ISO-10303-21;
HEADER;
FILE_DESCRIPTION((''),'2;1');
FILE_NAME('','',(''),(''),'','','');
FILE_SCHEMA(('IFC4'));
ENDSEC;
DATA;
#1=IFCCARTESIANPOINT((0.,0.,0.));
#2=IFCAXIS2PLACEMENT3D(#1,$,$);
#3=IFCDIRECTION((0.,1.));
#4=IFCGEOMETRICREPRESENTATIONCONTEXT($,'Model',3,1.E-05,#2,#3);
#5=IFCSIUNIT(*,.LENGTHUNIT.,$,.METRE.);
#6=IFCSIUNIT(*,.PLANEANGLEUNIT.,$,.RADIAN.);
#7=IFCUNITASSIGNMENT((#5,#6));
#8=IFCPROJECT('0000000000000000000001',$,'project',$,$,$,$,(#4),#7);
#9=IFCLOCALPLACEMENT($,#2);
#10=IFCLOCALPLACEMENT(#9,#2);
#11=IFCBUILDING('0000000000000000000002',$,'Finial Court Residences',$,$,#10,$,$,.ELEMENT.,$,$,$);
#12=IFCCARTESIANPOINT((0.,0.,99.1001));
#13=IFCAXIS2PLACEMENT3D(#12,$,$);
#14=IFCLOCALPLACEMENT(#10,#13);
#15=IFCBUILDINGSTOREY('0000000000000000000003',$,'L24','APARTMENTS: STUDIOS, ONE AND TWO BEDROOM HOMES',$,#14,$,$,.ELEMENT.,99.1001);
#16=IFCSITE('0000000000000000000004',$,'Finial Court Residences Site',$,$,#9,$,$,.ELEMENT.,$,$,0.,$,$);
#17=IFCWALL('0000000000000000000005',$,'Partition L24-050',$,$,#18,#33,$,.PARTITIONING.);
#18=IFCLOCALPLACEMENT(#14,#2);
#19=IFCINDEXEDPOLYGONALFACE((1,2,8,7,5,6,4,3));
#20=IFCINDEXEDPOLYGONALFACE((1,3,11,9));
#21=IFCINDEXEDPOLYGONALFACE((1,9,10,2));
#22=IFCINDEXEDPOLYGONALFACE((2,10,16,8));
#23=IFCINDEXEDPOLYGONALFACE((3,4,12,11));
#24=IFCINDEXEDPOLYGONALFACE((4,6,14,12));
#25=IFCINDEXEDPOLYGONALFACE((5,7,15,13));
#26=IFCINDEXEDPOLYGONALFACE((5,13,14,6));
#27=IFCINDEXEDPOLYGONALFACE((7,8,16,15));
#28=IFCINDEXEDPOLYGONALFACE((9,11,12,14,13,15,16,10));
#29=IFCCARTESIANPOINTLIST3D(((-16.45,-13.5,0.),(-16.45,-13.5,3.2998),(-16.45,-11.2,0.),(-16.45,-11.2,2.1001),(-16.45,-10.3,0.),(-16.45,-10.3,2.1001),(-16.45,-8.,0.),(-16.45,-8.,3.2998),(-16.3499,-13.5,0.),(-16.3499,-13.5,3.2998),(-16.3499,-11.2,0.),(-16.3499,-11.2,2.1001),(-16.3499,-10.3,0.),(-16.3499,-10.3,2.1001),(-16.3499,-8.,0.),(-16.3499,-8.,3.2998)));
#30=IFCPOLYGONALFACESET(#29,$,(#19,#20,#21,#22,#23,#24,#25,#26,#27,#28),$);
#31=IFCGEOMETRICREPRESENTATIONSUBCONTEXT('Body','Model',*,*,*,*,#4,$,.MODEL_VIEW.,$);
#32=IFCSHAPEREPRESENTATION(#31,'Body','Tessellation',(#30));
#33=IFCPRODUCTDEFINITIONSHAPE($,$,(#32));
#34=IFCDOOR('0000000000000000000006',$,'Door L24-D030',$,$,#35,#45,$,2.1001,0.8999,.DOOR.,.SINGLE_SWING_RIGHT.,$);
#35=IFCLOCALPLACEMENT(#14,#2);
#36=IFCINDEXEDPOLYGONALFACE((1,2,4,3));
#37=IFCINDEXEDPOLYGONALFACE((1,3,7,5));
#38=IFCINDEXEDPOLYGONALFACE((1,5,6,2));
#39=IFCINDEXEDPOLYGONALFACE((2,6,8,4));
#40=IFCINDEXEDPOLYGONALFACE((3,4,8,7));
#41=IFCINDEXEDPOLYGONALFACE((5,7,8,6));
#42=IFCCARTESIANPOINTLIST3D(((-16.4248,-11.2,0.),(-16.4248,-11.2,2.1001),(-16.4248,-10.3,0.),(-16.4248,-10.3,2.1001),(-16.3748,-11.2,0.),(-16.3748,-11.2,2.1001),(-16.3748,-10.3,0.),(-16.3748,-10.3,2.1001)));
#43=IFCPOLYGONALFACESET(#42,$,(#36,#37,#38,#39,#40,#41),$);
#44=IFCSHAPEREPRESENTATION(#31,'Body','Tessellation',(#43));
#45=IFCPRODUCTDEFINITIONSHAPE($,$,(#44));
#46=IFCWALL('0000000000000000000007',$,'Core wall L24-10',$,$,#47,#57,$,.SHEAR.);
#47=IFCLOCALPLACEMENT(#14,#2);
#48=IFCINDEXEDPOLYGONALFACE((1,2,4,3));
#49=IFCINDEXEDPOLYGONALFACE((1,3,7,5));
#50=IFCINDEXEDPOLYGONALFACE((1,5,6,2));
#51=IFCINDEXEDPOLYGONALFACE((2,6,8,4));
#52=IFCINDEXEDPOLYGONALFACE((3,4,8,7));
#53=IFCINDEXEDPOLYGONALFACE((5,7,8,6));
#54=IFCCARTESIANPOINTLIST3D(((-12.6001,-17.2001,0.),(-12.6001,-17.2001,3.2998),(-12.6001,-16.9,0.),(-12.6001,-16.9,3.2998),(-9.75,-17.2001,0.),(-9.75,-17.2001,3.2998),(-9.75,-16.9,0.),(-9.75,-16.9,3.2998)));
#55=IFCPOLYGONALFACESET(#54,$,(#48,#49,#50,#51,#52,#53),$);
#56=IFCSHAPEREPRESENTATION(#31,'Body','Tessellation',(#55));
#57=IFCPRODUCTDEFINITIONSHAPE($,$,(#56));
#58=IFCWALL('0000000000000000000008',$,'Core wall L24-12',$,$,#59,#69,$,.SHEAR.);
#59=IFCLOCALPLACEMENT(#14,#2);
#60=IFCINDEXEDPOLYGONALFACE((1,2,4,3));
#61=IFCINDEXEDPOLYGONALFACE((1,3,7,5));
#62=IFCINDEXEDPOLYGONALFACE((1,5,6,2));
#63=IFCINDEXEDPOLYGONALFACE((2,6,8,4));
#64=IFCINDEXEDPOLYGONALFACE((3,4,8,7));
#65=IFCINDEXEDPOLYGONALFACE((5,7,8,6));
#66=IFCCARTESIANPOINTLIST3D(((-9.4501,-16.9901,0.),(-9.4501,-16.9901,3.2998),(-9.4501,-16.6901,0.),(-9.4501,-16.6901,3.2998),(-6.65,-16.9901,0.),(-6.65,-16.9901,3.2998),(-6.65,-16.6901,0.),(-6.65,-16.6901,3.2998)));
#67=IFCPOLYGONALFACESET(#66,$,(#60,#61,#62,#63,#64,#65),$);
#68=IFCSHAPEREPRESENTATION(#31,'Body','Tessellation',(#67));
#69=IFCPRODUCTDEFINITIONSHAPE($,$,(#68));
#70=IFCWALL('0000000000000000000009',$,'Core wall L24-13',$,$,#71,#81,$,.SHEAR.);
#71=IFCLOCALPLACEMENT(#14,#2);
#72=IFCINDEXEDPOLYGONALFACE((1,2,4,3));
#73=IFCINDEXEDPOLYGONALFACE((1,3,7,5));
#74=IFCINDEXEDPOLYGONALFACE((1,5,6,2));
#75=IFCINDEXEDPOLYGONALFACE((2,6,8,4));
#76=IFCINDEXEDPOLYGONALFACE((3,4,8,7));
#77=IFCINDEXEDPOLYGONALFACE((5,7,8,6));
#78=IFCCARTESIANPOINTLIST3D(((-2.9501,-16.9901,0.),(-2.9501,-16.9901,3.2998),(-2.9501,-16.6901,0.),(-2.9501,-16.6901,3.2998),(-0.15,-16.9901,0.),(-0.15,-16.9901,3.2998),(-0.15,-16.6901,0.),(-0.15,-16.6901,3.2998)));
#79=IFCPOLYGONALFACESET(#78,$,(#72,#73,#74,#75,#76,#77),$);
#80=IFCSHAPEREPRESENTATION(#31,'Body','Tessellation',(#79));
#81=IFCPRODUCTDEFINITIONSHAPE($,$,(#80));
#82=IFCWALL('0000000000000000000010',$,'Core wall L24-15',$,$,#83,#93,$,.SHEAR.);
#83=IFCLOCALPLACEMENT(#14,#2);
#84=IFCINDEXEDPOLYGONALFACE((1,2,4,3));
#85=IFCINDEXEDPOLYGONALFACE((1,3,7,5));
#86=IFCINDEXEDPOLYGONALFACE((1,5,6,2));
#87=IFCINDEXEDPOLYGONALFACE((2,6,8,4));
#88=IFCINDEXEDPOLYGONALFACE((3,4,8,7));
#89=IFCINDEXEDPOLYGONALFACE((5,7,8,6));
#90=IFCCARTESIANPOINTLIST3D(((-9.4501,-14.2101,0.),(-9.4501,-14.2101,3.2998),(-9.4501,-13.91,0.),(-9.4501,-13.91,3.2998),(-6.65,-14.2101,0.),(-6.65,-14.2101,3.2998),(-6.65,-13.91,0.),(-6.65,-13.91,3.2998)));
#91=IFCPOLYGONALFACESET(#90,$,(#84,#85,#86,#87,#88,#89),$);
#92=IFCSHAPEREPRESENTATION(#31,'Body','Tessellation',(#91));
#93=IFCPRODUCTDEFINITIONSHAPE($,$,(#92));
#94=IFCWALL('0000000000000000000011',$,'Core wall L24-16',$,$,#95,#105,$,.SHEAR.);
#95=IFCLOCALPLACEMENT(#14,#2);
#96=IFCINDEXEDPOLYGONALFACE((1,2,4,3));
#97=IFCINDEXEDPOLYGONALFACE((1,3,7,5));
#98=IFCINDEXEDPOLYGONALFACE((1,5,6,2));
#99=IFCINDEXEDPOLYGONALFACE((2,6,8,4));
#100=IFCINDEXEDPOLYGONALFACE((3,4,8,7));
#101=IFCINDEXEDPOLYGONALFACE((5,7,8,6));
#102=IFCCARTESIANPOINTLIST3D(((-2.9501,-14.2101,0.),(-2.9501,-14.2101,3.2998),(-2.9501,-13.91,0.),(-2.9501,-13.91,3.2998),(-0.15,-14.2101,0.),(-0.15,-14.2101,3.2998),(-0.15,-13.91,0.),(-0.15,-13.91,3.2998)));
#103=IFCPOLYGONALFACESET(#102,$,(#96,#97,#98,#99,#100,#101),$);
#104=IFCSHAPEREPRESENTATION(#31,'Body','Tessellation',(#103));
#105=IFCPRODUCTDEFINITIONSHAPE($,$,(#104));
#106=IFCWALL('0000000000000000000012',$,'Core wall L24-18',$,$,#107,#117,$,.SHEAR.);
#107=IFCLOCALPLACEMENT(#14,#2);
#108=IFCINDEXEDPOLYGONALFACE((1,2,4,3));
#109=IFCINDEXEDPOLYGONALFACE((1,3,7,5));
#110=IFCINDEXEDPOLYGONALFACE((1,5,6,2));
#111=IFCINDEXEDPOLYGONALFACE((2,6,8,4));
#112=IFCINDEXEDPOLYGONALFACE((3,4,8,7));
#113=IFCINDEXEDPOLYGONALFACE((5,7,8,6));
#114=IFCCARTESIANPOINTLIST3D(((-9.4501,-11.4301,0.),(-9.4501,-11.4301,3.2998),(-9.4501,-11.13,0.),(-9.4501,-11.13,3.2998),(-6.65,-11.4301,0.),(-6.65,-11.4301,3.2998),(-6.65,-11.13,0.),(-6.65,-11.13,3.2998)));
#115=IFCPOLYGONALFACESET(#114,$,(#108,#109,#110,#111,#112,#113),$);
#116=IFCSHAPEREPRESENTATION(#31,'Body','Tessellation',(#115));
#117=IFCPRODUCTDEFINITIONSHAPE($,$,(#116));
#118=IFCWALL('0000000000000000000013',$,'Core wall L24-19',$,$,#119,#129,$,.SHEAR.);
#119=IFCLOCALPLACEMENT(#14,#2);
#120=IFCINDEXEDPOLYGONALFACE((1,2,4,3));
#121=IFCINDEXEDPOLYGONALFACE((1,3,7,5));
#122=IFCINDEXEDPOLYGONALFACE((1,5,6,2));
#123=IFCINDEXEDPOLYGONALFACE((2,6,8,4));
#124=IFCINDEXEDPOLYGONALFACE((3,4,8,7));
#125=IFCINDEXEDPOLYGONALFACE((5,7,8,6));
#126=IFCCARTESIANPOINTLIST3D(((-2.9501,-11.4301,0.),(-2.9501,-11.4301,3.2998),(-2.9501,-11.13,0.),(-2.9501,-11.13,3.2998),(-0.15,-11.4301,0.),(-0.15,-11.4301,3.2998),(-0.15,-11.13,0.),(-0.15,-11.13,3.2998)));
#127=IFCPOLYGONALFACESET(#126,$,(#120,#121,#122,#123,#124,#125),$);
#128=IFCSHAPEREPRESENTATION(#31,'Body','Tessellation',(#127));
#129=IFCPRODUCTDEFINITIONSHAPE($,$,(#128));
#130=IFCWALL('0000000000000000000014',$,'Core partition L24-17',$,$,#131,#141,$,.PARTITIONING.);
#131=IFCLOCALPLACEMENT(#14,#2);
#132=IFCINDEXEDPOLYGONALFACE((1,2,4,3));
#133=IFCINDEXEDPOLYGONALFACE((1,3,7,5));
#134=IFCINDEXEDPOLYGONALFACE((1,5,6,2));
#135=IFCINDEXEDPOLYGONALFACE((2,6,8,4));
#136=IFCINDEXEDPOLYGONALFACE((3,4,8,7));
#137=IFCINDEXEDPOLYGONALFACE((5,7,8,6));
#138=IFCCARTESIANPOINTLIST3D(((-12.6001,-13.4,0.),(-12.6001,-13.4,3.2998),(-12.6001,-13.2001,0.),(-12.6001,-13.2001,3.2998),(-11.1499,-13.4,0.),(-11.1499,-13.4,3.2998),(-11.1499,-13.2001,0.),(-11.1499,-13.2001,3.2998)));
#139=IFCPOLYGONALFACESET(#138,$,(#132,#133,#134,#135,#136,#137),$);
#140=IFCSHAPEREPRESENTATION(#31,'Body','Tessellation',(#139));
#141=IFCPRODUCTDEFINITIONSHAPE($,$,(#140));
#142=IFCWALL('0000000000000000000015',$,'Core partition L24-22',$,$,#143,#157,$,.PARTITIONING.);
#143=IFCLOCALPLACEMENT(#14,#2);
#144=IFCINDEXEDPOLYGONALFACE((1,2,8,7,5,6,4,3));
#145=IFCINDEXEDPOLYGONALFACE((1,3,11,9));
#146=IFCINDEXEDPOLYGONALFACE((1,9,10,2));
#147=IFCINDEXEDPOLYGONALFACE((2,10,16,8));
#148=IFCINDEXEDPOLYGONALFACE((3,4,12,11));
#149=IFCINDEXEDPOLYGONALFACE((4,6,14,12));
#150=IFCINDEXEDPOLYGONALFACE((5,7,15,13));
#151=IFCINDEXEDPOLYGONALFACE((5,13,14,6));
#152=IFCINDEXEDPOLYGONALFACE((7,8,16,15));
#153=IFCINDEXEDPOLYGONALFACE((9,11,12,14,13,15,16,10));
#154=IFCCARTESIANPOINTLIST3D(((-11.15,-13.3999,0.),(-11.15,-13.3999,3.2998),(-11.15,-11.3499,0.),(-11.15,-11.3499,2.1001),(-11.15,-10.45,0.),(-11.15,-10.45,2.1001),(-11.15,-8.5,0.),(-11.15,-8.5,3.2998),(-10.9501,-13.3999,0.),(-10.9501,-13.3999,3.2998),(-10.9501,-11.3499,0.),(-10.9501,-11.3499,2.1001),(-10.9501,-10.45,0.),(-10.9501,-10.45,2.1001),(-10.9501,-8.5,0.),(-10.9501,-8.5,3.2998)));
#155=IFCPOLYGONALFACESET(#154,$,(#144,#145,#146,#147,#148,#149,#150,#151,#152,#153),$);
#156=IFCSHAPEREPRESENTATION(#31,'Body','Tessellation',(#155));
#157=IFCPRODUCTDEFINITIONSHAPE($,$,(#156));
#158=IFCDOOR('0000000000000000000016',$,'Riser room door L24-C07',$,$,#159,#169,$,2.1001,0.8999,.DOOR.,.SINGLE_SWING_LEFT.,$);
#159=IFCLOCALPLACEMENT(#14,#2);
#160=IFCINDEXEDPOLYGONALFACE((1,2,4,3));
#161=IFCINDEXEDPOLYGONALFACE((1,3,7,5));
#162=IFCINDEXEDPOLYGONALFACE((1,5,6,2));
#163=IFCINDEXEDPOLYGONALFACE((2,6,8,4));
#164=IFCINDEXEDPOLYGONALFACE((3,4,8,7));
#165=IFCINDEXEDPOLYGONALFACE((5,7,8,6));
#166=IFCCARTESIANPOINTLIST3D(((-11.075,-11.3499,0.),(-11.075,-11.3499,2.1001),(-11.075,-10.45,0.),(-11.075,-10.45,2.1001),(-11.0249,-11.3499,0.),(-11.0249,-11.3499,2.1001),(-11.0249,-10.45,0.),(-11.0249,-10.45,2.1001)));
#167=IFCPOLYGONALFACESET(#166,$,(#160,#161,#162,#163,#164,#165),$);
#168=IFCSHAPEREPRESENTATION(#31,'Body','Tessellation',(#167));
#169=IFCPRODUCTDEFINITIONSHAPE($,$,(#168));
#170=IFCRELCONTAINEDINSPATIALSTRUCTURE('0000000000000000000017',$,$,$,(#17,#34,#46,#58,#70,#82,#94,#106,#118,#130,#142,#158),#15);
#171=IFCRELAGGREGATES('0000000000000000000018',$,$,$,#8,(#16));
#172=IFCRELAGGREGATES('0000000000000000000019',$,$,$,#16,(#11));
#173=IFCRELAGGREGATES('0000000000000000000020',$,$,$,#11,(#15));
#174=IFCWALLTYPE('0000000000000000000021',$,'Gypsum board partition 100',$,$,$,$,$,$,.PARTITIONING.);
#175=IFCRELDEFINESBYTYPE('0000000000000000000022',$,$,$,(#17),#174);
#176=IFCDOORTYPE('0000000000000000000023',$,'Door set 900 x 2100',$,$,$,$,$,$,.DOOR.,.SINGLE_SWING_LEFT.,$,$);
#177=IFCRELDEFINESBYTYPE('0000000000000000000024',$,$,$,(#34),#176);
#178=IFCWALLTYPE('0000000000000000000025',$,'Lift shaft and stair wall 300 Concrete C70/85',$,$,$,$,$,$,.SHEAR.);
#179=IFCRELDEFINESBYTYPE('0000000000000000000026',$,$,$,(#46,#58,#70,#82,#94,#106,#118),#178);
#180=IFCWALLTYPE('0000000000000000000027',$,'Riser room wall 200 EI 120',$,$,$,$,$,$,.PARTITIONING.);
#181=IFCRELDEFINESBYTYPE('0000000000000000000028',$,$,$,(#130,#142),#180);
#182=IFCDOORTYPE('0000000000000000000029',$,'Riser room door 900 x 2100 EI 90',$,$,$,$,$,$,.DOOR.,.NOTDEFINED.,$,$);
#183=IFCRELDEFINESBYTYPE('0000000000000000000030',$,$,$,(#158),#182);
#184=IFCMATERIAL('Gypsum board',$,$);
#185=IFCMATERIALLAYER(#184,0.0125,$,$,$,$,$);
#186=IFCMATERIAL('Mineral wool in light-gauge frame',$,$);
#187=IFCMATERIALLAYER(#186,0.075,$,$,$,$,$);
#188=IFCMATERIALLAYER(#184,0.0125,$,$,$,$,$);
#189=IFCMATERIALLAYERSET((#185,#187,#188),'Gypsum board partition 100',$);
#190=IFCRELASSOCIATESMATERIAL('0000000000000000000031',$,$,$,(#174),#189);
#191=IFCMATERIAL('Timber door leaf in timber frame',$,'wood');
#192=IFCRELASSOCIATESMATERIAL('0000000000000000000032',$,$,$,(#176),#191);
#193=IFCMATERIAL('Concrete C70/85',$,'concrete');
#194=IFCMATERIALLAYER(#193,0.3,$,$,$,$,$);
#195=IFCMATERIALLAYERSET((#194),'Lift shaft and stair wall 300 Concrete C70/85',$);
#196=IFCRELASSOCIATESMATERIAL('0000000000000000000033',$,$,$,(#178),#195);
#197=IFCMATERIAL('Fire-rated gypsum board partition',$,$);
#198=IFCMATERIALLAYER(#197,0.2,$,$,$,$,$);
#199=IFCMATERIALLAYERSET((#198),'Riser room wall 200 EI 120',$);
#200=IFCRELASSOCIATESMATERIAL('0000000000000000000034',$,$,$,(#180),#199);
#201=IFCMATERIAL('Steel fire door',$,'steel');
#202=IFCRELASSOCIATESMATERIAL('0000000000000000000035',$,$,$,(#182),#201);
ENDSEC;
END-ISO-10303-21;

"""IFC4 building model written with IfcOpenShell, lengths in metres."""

from ifc_helpers import new_model, si_unit, direction, frame, frame_2d, origin, place, context, subcontext, project, spatial, rectangle, extrude, material, layer, layer_set, type_object, element, fill, save


model = new_model("IFC4")

# Units and contexts
model_context = context("Model", 3, precision=1e-05, world=origin(), true_north=direction((0.0, 1.0)))
body_context = subcontext(model_context, "Body", "Model", "MODEL_VIEW")
ifc_project = project(units=[si_unit("LENGTHUNIT", "METRE"), si_unit("PLANEANGLEUNIT", "RADIAN")], contexts=[model_context])

# Site, building, storey
site_placement = place(None, origin())
site = spatial("IfcSite", under=ifc_project, at=site_placement, Name="Finial Court Residences Site", CompositionType="ELEMENT", RefElevation=0.0)
building_placement = place(site_placement, origin())
building = spatial("IfcBuilding", under=site, at=building_placement, Name="Finial Court Residences", CompositionType="ELEMENT")
storey_placement = place(building_placement, frame((0.0, 0.0, 99.1001)))
storey = spatial("IfcBuildingStorey", under=building, at=storey_placement, Name="L24", Description="APARTMENTS: STUDIOS, ONE AND TWO BEDROOM HOMES", CompositionType="ELEMENT", Elevation=99.1001)

# Wall, opening, door
ifc_material_1 = material(Name="Gypsum board")
ifc_layer_1 = layer(ifc_material_1, 0.0125)
ifc_material_2 = material(Name="Mineral wool in light-gauge frame")
ifc_layer_2 = layer(ifc_material_2, 0.075)
ifc_layer_3 = layer(ifc_material_1, 0.0125)
ifc_layer_set_1 = layer_set([ifc_layer_1, ifc_layer_2, ifc_layer_3], Name="Gypsum board partition 100")
wall_type_1 = type_object("IfcWallType", Name="Gypsum board partition 100", PredefinedType="PARTITIONING", material=ifc_layer_set_1)
wall_1_placement = place(storey_placement, frame((-16.3999, -13.5, 0.0), z_axis=(0.0, 0.0, 1.0), x_axis=(0.0, 1.0, 0.0)))
wall_1 = element("IfcWall", 1, at=wall_1_placement, inside=storey, type_object=wall_type_1, Name="Partition L24-050", PredefinedType="PARTITIONING", context=body_context, shape_type="SweptSolid", body=[
    extrude(rectangle(XDim=5.5, YDim=0.1001, at=frame_2d((2.75, 0.0))), origin(), (0.0, 0.0, 1.0), 3.2998),
])
opening_1_placement = place(wall_1_placement, frame((2.3, 0.0, 0.0)))
opening_1 = element("IfcOpeningElement", 2, at=opening_1_placement, cuts=wall_1, PredefinedType="OPENING", context=body_context, shape_type="SweptSolid", body=[
    extrude(rectangle(XDim=0.8999, YDim=2.1001, at=frame_2d((0.45, 1.05))), frame((0.0, 0.0601, 0.0), z_axis=(0.0, -1.0, 0.0), x_axis=(1.0, 0.0, 0.0)), (0.0, 0.0, 1.0), 0.1201),
])
ifc_material_3 = material(Name="Timber door leaf in timber frame", Category="wood")
door_type_1 = type_object("IfcDoorType", Name="Door set 900 x 2100", OperationType="SINGLE_SWING_LEFT", PredefinedType="DOOR", material=ifc_material_3)
door_1_placement = place(opening_1_placement, origin())
door_1 = element("IfcDoor", 3, at=door_1_placement, inside=storey, type_object=door_type_1, Name="Door L24-D030", OperationType="SINGLE_SWING_RIGHT", OverallHeight=2.1001, OverallWidth=0.8999, PredefinedType="DOOR", context=body_context, shape_type="SweptSolid", body=[
    extrude(rectangle(XDim=0.8999, YDim=2.1001, at=frame_2d((0.45, 1.05))), frame((0.0, 0.0249, 0.0), z_axis=(0.0, -1.0, 0.0), x_axis=(1.0, 0.0, 0.0)), (0.0, 0.0, 1.0), 0.05),
])
fill(opening_1, door_1)

# Walls
ifc_material_4 = material(Name="Concrete C70/85", Category="concrete")
ifc_layer_4 = layer(ifc_material_4, 0.3)
ifc_layer_set_2 = layer_set([ifc_layer_4], Name="Lift shaft and stair wall 300 Concrete C70/85")
wall_type_2 = type_object("IfcWallType", Name="Lift shaft and stair wall 300 Concrete C70/85", PredefinedType="SHEAR", material=ifc_layer_set_2)
wall_2_placement = place(storey_placement, frame((-12.6001, -17.05, 0.0), z_axis=(0.0, 0.0, 1.0), x_axis=(1.0, 0.0, 0.0)))
element("IfcWall", 4, at=wall_2_placement, inside=storey, type_object=wall_type_2, Name="Core wall L24-10", PredefinedType="SHEAR", context=body_context, shape_type="SweptSolid", body=[
    extrude(rectangle(XDim=2.8501, YDim=0.3, at=frame_2d((1.425, 0.0))), origin(), (0.0, 0.0, 1.0), 3.2998),
])
for number, where, z_axis, x_axis, name in (
    (5, (-9.45, -16.8401, 0.0), (0.0, 0.0, 1.0), (1.0, 0.0, 0.0), "Core wall L24-12"),
    (6, (-2.95, -16.8401, 0.0), (0.0, 0.0, 1.0), (1.0, 0.0, 0.0), "Core wall L24-13"),
    (7, (-9.45, -14.0601, 0.0), (0.0, 0.0, 1.0), (1.0, 0.0, 0.0), "Core wall L24-15"),
    (8, (-2.95, -14.0601, 0.0), (0.0, 0.0, 1.0), (1.0, 0.0, 0.0), "Core wall L24-16"),
    (9, (-9.45, -11.28, 0.0), (0.0, 0.0, 1.0), (1.0, 0.0, 0.0), "Core wall L24-18"),
    (10, (-2.95, -11.28, 0.0), (0.0, 0.0, 1.0), (1.0, 0.0, 0.0), "Core wall L24-19"),
):
    element("IfcWall", number, at=place(storey_placement, frame(where, z_axis=z_axis, x_axis=x_axis)), inside=storey, type_object=wall_type_2, Name=name, PredefinedType="SHEAR", context=body_context, shape_type="SweptSolid", body=[
        extrude(rectangle(XDim=2.8, YDim=0.3, at=frame_2d((1.3999, 0.0))), origin(), (0.0, 0.0, 1.0), 3.2998),
    ])
ifc_material_5 = material(Name="Fire-rated gypsum board partition")
ifc_layer_5 = layer(ifc_material_5, 0.2)
ifc_layer_set_3 = layer_set([ifc_layer_5], Name="Riser room wall 200 EI 120")
wall_type_3 = type_object("IfcWallType", Name="Riser room wall 200 EI 120", PredefinedType="PARTITIONING", material=ifc_layer_set_3)
wall_3_placement = place(storey_placement, frame((-12.6001, -13.3, 0.0), z_axis=(0.0, 0.0, 1.0), x_axis=(1.0, 0.0, 0.0)))
element("IfcWall", 11, at=wall_3_placement, inside=storey, type_object=wall_type_3, Name="Core partition L24-17", PredefinedType="PARTITIONING", context=body_context, shape_type="SweptSolid", body=[
    extrude(rectangle(XDim=1.4502, YDim=0.2, at=frame_2d((0.7251, 0.0))), origin(), (0.0, 0.0, 1.0), 3.2998),
])

# Wall, opening, door
wall_4_placement = place(storey_placement, frame((-11.05, -13.3999, 0.0), z_axis=(0.0, 0.0, 1.0), x_axis=(0.0, 1.0, 0.0)))
wall_4 = element("IfcWall", 12, at=wall_4_placement, inside=storey, type_object=wall_type_3, Name="Core partition L24-22", PredefinedType="PARTITIONING", context=body_context, shape_type="SweptSolid", body=[
    extrude(rectangle(XDim=4.8999, YDim=0.2, at=frame_2d((2.45, 0.0))), origin(), (0.0, 0.0, 1.0), 3.2998),
])
opening_2_placement = place(wall_4_placement, frame((2.05, 0.0, 0.0)))
opening_2 = element("IfcOpeningElement", 13, at=opening_2_placement, cuts=wall_4, PredefinedType="OPENING", context=body_context, shape_type="SweptSolid", body=[
    extrude(rectangle(XDim=0.8999, YDim=2.1001, at=frame_2d((0.45, 1.05))), frame((0.0, 0.1099, 0.0), z_axis=(0.0, -1.0, 0.0), x_axis=(1.0, 0.0, 0.0)), (0.0, 0.0, 1.0), 0.22),
])
ifc_material_6 = material(Name="Steel fire door", Category="steel")
door_type_2 = type_object("IfcDoorType", Name="Riser room door 900 x 2100 EI 90", OperationType="NOTDEFINED", PredefinedType="DOOR", material=ifc_material_6)
door_2_placement = place(opening_2_placement, origin())
door_2 = element("IfcDoor", 14, at=door_2_placement, inside=storey, type_object=door_type_2, Name="Riser room door L24-C07", OperationType="SINGLE_SWING_LEFT", OverallHeight=2.1001, OverallWidth=0.8999, PredefinedType="DOOR", context=body_context, shape_type="SweptSolid", body=[
    extrude(rectangle(XDim=0.8999, YDim=2.1001, at=frame_2d((0.45, 1.05))), frame((0.0, 0.0249, 0.0), z_axis=(0.0, -1.0, 0.0), x_axis=(1.0, 0.0, 0.0)), (0.0, 0.0, 1.0), 0.05),
])
fill(opening_2, door_2)

save(model, "model.ifc")
